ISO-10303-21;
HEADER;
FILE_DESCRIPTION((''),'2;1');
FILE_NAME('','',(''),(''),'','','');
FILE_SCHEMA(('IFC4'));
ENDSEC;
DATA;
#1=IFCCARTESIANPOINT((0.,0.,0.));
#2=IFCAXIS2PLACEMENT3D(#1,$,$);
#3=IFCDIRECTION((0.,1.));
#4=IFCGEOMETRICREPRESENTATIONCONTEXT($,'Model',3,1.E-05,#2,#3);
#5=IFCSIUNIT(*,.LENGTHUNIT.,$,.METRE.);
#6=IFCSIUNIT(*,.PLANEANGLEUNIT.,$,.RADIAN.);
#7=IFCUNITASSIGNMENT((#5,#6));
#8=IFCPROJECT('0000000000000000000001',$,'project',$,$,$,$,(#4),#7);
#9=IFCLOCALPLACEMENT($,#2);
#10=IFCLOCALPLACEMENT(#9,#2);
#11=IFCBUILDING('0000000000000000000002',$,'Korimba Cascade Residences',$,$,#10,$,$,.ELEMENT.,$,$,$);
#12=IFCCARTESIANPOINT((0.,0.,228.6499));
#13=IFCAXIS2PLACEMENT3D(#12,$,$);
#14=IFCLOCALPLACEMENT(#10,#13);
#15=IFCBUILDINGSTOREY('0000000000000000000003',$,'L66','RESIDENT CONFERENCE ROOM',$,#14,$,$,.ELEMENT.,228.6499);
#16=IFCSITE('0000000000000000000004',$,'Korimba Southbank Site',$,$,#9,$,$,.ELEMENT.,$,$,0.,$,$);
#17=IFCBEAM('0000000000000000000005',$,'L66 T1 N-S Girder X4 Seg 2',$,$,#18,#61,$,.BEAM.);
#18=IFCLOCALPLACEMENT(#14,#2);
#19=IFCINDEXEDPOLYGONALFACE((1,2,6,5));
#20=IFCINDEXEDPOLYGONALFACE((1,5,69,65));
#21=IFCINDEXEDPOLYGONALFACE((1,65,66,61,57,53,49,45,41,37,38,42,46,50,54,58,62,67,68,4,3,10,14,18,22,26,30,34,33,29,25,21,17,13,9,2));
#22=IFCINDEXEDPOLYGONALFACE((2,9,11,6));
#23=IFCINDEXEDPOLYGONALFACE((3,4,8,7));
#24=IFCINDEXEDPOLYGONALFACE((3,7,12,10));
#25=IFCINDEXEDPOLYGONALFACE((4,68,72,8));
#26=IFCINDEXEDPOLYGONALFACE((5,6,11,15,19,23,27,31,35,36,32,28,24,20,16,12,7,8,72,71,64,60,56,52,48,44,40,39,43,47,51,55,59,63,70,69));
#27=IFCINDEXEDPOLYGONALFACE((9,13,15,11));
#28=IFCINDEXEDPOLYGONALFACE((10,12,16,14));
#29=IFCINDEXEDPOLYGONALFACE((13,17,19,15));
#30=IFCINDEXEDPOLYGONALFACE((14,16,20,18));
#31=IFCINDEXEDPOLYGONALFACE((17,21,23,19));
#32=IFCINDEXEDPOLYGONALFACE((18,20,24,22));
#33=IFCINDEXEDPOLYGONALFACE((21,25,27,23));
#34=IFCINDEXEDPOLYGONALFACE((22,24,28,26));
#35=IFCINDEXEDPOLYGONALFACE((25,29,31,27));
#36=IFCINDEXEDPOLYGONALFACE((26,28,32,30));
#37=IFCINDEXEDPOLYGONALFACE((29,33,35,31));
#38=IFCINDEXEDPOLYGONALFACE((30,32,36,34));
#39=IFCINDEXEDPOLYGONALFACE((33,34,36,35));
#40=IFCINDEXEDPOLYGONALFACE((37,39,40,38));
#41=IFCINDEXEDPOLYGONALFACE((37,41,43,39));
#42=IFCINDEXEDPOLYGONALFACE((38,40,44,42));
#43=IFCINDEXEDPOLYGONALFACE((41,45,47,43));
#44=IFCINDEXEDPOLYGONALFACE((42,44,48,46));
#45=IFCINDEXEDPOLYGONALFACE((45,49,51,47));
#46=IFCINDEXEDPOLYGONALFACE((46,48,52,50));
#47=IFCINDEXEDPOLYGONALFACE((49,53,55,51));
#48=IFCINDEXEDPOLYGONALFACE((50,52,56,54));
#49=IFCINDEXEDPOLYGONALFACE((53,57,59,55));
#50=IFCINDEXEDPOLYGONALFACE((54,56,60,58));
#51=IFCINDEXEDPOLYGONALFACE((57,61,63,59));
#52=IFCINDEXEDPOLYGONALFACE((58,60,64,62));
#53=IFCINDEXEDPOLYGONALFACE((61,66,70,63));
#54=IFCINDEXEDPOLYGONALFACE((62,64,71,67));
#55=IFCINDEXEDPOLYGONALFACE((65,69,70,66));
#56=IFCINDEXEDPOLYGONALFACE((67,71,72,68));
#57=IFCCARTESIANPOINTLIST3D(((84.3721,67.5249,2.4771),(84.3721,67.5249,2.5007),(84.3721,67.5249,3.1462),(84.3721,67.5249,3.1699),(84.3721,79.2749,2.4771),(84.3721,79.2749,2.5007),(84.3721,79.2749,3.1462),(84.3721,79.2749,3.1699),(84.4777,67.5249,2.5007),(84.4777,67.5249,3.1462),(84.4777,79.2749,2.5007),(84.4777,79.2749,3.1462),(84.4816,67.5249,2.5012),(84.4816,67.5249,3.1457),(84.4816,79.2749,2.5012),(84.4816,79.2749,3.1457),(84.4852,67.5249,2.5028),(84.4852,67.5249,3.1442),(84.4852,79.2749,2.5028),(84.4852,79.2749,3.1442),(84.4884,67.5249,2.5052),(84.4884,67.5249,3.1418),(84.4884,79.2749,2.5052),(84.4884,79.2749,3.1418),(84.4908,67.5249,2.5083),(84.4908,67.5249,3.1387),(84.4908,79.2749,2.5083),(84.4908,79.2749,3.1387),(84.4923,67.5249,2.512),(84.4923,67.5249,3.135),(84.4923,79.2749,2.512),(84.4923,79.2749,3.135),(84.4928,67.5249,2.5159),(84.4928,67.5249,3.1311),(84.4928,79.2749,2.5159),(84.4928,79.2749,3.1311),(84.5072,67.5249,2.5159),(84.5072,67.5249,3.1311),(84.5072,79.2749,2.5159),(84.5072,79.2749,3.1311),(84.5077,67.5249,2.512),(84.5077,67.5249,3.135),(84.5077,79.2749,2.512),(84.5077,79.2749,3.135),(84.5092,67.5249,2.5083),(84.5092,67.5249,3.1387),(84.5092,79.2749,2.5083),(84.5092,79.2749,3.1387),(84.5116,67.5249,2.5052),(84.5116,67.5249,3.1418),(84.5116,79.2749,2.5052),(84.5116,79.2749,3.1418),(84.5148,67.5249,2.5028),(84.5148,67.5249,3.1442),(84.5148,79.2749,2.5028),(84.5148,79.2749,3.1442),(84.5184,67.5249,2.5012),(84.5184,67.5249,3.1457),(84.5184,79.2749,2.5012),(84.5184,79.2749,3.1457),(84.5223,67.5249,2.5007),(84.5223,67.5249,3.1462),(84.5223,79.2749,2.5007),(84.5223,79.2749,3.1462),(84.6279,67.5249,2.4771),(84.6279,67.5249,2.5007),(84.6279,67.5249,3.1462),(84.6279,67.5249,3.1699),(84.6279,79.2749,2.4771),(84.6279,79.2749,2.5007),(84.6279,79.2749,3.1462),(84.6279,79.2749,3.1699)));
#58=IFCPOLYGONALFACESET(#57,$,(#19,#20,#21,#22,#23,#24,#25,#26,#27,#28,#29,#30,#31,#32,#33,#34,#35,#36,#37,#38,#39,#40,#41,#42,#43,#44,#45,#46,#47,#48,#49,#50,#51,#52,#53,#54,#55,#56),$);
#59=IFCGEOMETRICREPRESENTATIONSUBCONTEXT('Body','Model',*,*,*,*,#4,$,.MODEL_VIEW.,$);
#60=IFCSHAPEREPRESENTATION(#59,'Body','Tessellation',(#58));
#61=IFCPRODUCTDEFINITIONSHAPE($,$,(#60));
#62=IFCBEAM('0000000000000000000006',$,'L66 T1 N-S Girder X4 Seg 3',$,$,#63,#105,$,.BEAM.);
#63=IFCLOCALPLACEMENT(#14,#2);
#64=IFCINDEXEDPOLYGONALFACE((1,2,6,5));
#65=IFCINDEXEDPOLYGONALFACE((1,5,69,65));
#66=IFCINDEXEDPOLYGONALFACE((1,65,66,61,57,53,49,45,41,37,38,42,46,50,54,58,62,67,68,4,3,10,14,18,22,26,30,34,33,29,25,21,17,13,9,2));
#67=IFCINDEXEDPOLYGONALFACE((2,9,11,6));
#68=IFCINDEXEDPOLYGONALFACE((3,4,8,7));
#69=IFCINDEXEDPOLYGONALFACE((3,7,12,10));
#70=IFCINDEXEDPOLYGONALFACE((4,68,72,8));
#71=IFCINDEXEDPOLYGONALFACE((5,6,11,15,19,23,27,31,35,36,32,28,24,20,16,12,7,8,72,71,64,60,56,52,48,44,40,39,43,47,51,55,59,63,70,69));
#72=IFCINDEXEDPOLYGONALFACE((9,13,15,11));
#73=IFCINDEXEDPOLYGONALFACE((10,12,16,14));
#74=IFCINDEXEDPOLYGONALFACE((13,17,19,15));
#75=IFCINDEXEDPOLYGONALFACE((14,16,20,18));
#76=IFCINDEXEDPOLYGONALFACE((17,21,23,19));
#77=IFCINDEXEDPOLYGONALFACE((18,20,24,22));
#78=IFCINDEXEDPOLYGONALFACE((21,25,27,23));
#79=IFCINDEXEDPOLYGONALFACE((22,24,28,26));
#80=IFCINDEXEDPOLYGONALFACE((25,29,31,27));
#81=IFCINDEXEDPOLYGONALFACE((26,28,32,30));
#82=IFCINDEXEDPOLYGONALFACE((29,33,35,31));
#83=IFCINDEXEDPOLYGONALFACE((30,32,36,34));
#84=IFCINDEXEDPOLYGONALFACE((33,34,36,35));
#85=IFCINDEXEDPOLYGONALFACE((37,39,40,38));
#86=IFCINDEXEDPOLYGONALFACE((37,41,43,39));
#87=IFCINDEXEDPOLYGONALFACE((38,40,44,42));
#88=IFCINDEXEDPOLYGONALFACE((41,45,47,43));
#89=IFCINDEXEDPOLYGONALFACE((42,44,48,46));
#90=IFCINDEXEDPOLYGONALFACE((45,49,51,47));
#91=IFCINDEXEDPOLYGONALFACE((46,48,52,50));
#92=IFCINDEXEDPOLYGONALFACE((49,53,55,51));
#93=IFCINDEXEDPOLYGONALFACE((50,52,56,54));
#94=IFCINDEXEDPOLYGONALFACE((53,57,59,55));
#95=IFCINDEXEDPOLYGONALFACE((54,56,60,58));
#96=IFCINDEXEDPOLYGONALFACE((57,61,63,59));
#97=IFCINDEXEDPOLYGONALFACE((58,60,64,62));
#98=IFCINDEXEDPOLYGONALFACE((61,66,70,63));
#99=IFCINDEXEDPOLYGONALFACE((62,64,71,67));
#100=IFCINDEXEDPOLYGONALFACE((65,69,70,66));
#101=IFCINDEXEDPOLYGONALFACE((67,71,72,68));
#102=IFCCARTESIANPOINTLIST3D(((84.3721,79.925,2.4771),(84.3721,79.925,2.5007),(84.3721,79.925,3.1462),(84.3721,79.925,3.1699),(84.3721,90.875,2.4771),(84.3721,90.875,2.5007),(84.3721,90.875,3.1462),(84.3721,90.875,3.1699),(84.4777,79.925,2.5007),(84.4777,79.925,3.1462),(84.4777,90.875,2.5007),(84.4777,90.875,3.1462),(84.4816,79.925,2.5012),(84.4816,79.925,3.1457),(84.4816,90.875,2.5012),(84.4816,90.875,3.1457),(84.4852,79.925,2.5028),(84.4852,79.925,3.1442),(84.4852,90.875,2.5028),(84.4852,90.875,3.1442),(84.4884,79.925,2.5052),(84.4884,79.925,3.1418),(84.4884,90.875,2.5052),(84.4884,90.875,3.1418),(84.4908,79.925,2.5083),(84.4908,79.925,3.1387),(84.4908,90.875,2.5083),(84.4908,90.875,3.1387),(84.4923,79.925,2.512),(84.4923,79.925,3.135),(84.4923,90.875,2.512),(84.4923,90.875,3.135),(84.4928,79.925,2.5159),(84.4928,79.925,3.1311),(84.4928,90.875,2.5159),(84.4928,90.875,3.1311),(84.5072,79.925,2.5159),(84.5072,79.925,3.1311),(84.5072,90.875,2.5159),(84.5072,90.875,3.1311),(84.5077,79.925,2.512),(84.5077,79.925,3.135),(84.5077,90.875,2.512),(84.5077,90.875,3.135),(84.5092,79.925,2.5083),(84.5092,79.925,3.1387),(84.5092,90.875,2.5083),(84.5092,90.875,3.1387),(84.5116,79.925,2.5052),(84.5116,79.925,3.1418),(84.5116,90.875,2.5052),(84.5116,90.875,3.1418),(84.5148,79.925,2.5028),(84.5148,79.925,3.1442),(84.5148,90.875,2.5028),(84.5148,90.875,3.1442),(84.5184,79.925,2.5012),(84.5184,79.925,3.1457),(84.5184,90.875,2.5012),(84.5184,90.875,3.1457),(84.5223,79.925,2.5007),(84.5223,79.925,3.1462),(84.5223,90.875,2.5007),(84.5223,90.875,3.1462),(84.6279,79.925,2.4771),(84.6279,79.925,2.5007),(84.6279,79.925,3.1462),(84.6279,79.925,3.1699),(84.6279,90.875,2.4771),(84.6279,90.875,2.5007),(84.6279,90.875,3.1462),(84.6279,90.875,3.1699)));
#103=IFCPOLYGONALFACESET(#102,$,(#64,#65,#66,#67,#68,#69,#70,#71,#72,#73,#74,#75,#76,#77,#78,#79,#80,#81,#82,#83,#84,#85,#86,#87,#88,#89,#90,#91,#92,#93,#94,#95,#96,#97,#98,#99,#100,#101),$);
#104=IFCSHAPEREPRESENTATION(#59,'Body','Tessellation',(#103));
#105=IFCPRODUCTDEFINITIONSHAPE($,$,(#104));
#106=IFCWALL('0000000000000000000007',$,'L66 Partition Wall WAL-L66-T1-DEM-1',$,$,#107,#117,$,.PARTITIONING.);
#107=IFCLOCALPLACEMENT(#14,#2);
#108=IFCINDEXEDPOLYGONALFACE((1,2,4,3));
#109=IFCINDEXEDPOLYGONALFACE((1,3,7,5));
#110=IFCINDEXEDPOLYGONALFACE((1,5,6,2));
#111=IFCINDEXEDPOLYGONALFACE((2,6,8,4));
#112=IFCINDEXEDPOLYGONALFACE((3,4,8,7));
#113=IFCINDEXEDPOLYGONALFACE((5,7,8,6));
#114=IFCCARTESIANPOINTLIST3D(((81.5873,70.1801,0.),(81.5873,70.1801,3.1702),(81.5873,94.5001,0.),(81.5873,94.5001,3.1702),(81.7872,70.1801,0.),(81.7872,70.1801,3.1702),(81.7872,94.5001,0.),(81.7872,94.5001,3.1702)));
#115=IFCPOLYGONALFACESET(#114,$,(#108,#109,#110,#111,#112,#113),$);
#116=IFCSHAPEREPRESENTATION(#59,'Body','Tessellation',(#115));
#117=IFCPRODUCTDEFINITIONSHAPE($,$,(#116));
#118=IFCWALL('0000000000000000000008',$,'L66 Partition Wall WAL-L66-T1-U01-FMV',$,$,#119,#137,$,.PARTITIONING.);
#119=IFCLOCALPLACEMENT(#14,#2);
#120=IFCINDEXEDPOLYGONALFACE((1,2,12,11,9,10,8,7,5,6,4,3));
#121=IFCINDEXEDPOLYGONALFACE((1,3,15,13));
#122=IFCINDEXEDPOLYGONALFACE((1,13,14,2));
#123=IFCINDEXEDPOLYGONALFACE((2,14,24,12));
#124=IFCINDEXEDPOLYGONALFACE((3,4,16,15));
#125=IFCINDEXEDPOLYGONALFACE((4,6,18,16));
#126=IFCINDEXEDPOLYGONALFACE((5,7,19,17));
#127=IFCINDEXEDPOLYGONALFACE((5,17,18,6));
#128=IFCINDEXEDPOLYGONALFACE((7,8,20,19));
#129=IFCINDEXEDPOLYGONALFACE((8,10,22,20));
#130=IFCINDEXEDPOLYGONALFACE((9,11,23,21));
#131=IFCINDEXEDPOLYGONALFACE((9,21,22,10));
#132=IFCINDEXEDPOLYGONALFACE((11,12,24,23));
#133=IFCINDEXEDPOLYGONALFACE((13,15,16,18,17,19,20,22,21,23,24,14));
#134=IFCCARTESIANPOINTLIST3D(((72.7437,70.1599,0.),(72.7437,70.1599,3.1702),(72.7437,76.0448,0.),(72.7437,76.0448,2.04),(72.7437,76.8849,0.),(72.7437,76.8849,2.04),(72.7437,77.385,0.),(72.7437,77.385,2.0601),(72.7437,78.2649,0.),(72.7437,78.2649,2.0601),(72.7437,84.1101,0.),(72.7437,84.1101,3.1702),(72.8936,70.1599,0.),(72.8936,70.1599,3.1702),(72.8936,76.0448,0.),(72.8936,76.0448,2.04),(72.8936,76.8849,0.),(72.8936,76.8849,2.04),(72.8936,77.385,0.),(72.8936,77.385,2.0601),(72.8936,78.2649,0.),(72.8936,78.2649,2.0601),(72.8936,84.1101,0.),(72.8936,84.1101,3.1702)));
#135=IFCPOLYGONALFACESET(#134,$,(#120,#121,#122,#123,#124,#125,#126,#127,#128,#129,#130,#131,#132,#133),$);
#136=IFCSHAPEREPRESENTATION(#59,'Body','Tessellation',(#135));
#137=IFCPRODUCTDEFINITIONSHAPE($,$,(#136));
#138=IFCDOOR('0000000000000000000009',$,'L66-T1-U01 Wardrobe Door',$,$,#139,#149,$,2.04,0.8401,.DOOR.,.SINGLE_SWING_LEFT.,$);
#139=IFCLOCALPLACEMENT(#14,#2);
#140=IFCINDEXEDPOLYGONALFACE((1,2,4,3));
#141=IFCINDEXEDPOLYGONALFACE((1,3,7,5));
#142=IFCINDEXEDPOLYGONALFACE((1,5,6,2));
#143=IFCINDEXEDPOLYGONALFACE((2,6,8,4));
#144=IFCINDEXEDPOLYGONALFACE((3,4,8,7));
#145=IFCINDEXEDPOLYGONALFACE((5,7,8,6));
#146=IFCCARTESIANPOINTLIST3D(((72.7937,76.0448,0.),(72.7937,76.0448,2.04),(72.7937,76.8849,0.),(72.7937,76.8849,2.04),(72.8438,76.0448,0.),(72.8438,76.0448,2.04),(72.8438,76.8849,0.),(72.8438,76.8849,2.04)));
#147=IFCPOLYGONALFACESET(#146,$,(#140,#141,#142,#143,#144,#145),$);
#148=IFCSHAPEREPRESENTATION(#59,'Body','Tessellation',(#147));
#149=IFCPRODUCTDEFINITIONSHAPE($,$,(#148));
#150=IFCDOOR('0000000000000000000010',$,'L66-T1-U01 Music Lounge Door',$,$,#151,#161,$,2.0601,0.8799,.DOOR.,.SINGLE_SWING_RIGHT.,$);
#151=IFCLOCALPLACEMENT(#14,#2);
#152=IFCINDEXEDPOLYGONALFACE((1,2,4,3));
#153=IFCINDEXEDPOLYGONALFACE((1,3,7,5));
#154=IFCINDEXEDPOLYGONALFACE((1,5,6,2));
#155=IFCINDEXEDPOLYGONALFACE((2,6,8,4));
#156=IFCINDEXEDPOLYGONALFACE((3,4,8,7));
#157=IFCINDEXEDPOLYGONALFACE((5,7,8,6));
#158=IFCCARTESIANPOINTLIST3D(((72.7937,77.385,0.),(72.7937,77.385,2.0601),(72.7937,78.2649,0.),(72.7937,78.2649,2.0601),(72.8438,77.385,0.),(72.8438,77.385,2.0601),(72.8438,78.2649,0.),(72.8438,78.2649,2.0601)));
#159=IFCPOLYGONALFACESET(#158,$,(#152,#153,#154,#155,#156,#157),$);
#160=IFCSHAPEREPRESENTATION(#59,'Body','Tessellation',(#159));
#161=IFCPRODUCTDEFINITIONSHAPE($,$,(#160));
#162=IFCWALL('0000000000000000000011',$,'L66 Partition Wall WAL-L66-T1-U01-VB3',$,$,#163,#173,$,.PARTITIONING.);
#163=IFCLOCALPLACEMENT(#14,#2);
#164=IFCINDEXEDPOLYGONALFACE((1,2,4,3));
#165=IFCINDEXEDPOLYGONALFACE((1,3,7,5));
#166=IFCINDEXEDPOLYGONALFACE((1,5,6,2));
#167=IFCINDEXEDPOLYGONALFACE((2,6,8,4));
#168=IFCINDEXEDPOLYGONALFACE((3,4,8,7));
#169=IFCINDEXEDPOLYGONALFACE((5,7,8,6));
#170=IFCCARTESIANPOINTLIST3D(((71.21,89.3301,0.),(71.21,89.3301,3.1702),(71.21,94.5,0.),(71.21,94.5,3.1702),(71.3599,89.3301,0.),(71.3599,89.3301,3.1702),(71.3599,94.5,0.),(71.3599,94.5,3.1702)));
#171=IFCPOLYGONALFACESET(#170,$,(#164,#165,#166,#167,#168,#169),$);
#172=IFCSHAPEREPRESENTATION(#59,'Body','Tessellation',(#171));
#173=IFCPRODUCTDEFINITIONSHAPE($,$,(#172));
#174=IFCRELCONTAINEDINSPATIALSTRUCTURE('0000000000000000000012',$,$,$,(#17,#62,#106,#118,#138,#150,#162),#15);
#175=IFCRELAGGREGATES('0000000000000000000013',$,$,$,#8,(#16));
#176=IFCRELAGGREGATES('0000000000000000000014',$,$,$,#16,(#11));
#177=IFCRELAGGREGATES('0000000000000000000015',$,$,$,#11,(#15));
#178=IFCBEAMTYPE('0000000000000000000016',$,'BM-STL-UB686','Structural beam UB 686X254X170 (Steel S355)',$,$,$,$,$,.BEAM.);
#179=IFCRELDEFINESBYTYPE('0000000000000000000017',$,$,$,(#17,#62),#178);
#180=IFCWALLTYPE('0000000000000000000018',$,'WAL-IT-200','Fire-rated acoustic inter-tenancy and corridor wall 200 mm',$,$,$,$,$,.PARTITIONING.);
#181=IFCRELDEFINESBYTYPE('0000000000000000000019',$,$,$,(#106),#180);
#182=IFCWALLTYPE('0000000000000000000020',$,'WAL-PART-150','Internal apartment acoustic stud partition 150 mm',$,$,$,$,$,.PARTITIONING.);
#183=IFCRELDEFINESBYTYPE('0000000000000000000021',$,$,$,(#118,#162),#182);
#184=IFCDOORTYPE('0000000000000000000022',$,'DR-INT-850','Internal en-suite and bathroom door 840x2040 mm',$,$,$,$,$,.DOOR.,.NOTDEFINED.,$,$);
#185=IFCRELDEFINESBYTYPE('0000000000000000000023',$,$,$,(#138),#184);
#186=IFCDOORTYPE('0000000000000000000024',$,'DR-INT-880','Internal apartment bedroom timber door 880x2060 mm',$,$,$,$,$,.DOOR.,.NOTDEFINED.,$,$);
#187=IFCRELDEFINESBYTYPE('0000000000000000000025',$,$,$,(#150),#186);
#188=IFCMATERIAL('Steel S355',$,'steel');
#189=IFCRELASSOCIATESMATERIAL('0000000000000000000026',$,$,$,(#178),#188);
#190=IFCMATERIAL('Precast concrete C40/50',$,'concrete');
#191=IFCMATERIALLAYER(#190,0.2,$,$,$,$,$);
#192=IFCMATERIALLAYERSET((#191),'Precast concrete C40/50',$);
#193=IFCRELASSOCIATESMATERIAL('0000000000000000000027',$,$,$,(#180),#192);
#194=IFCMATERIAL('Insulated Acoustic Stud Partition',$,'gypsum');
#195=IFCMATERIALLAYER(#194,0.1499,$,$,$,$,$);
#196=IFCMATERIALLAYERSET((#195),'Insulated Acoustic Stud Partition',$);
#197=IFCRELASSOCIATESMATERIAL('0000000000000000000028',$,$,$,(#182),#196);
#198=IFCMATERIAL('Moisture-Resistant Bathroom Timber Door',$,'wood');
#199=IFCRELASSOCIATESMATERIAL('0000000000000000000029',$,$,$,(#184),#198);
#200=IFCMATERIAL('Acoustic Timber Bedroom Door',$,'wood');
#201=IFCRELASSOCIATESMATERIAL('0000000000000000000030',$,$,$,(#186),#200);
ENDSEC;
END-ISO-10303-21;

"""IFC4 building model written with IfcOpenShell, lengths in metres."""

from ifc_helpers import new_model, si_unit, direction, frame, frame_2d, origin, origin_2d, place, context, subcontext, project, spatial, rectangle, i_section, extrude, material, layer, layer_set, material_profile, profile_set, type_object, element, fill, save


model = new_model("IFC4")

# Units and contexts
model_context = context("Model", 3, precision=1e-05, world=origin(), true_north=direction((0.0, 1.0)))
body_context = subcontext(model_context, "Body", "Model", "MODEL_VIEW")
ifc_project = project(units=[si_unit("LENGTHUNIT", "METRE"), si_unit("PLANEANGLEUNIT", "RADIAN")], contexts=[model_context])

# Site, building, storey
site_placement = place(None, origin())
site = spatial("IfcSite", under=ifc_project, at=site_placement, Name="Korimba Southbank Site", CompositionType="ELEMENT", RefElevation=0.0)
building_placement = place(site_placement, origin())
building = spatial("IfcBuilding", under=site, at=building_placement, Name="Korimba Cascade Residences", CompositionType="ELEMENT")
storey_placement = place(building_placement, frame((0.0, 0.0, 228.6499)))
storey = spatial("IfcBuildingStorey", under=building, at=storey_placement, Name="L66", Description="RESIDENT CONFERENCE ROOM", CompositionType="ELEMENT", Elevation=228.6499)

# Beams
ifc_material_1 = material(Name="Steel S355", Category="steel")
ifc_material_profile_1 = material_profile(ifc_material_1, i_section(OverallWidth=0.2559, OverallDepth=0.6929, WebThickness=0.0144, FlangeThickness=0.0237, FilletRadius=0.0151, at=origin_2d()), Name="Steel S355")
ifc_profile_set_1 = profile_set([ifc_material_profile_1], Name="Steel S355")
beam_type_1 = type_object("IfcBeamType", Name="BM-STL-UB686", Description="Structural beam UB 686X254X170 (Steel S355)", PredefinedType="BEAM", material=ifc_profile_set_1)
beam_1_placement = place(storey_placement, frame((84.5, 67.5249, 2.8235), z_axis=(0.0, 1.0, 0.0), x_axis=(-1.0, 0.0, 0.0)))
element("IfcBeam", 1, at=beam_1_placement, inside=storey, type_object=beam_type_1, Name="L66 T1 N-S Girder X4 Seg 2", PredefinedType="BEAM", context=body_context, shape_type="SweptSolid", body=[
    extrude(i_section(OverallWidth=0.2559, OverallDepth=0.6929, WebThickness=0.0144, FlangeThickness=0.0237, FilletRadius=0.0151, at=origin_2d()), origin(), (0.0, 0.0, 1.0), 11.75),
])
beam_2_placement = place(storey_placement, frame((84.5, 79.925, 2.8235), z_axis=(0.0, 1.0, 0.0), x_axis=(-1.0, 0.0, 0.0)))
element("IfcBeam", 2, at=beam_2_placement, inside=storey, type_object=beam_type_1, Name="L66 T1 N-S Girder X4 Seg 3", PredefinedType="BEAM", context=body_context, shape_type="SweptSolid", body=[
    extrude(i_section(OverallWidth=0.2559, OverallDepth=0.6929, WebThickness=0.0144, FlangeThickness=0.0237, FilletRadius=0.0151, at=origin_2d()), origin(), (0.0, 0.0, 1.0), 10.95),
])

# Wall
ifc_material_2 = material(Name="Precast concrete C40/50", Category="concrete")
ifc_layer_1 = layer(ifc_material_2, 0.2)
ifc_layer_set_1 = layer_set([ifc_layer_1], Name="Precast concrete C40/50")
wall_type_1 = type_object("IfcWallType", Name="WAL-IT-200", Description="Fire-rated acoustic inter-tenancy and corridor wall 200 mm", PredefinedType="PARTITIONING", material=ifc_layer_set_1)
wall_1_placement = place(storey_placement, frame((81.6873, 70.1799, 0.0), z_axis=(0.0, 0.0, 1.0), x_axis=(0.0, 1.0, 0.0)))
element("IfcWall", 3, at=wall_1_placement, inside=storey, type_object=wall_type_1, Name="L66 Partition Wall WAL-L66-T1-DEM-1", PredefinedType="PARTITIONING", context=body_context, shape_type="SweptSolid", body=[
    extrude(rectangle(XDim=24.3201, YDim=0.2, at=frame_2d((12.1602, 0.0))), origin(), (0.0, 0.0, 1.0), 3.1702),
])

# Wall, openings, doors
ifc_material_3 = material(Name="Insulated Acoustic Stud Partition", Category="gypsum")
ifc_layer_2 = layer(ifc_material_3, 0.1499)
ifc_layer_set_2 = layer_set([ifc_layer_2], Name="Insulated Acoustic Stud Partition")
wall_type_2 = type_object("IfcWallType", Name="WAL-PART-150", Description="Internal apartment acoustic stud partition 150 mm", PredefinedType="PARTITIONING", material=ifc_layer_set_2)
wall_2_placement = place(storey_placement, frame((72.8186, 70.1599, 0.0), z_axis=(0.0, 0.0, 1.0), x_axis=(0.0, 1.0, 0.0)))
wall_2 = element("IfcWall", 4, at=wall_2_placement, inside=storey, type_object=wall_type_2, Name="L66 Partition Wall WAL-L66-T1-U01-FMV", PredefinedType="PARTITIONING", context=body_context, shape_type="SweptSolid", body=[
    extrude(rectangle(XDim=13.9502, YDim=0.1499, at=frame_2d((6.9751, 0.0))), origin(), (0.0, 0.0, 1.0), 3.1702),
])
opening_1_placement = place(wall_2_placement, frame((5.885, 0.0, 0.0)))
opening_1 = element("IfcOpeningElement", 5, at=opening_1_placement, cuts=wall_2, PredefinedType="OPENING", context=body_context, shape_type="SweptSolid", body=[
    extrude(rectangle(XDim=0.8401, YDim=2.04, at=frame_2d((0.4199, 1.02))), frame((0.0, 0.085, 0.0), z_axis=(0.0, -1.0, 0.0), x_axis=(1.0, 0.0, 0.0)), (0.0, 0.0, 1.0), 0.1699),
])
opening_2_placement = place(wall_2_placement, frame((7.2251, 0.0, 0.0)))
opening_2 = element("IfcOpeningElement", 6, at=opening_2_placement, cuts=wall_2, PredefinedType="OPENING", context=body_context, shape_type="SweptSolid", body=[
    extrude(rectangle(XDim=0.8799, YDim=2.0601, at=frame_2d((0.4399, 1.03))), frame((0.0, 0.085, 0.0), z_axis=(0.0, -1.0, 0.0), x_axis=(1.0, 0.0, 0.0)), (0.0, 0.0, 1.0), 0.1699),
])
ifc_material_4 = material(Name="Moisture-Resistant Bathroom Timber Door", Category="wood")
door_type_1 = type_object("IfcDoorType", Name="DR-INT-850", Description="Internal en-suite and bathroom door 840x2040 mm", OperationType="NOTDEFINED", PredefinedType="DOOR", material=ifc_material_4)
door_1_placement = place(opening_1_placement, origin())
door_1 = element("IfcDoor", 7, at=door_1_placement, inside=storey, type_object=door_type_1, Name="L66-T1-U01 Wardrobe Door", OperationType="SINGLE_SWING_LEFT", OverallHeight=2.04, OverallWidth=0.8401, PredefinedType="DOOR", context=body_context, shape_type="SweptSolid", body=[
    extrude(rectangle(XDim=0.8401, YDim=2.04, at=frame_2d((0.4199, 1.02))), frame((0.0, 0.0249, 0.0), z_axis=(0.0, -1.0, 0.0), x_axis=(1.0, 0.0, 0.0)), (0.0, 0.0, 1.0), 0.05),
])
fill(opening_1, door_1)
ifc_material_5 = material(Name="Acoustic Timber Bedroom Door", Category="wood")
door_type_2 = type_object("IfcDoorType", Name="DR-INT-880", Description="Internal apartment bedroom timber door 880x2060 mm", OperationType="NOTDEFINED", PredefinedType="DOOR", material=ifc_material_5)
door_2_placement = place(opening_2_placement, origin())
door_2 = element("IfcDoor", 8, at=door_2_placement, inside=storey, type_object=door_type_2, Name="L66-T1-U01 Music Lounge Door", OperationType="SINGLE_SWING_RIGHT", OverallHeight=2.0601, OverallWidth=0.8799, PredefinedType="DOOR", context=body_context, shape_type="SweptSolid", body=[
    extrude(rectangle(XDim=0.8799, YDim=2.0601, at=frame_2d((0.4399, 1.03))), frame((0.0, 0.0249, 0.0), z_axis=(0.0, -1.0, 0.0), x_axis=(1.0, 0.0, 0.0)), (0.0, 0.0, 1.0), 0.05),
])
fill(opening_2, door_2)

# Wall
wall_3_placement = place(storey_placement, frame((71.2849, 89.3301, 0.0), z_axis=(0.0, 0.0, 1.0), x_axis=(0.0, 1.0, 0.0)))
element("IfcWall", 9, at=wall_3_placement, inside=storey, type_object=wall_type_2, Name="L66 Partition Wall WAL-L66-T1-U01-VB3", PredefinedType="PARTITIONING", context=body_context, shape_type="SweptSolid", body=[
    extrude(rectangle(XDim=5.1699, YDim=0.1499, at=frame_2d((2.585, 0.0))), origin(), (0.0, 0.0, 1.0), 3.1702),
])

save(model, "model.ifc")
